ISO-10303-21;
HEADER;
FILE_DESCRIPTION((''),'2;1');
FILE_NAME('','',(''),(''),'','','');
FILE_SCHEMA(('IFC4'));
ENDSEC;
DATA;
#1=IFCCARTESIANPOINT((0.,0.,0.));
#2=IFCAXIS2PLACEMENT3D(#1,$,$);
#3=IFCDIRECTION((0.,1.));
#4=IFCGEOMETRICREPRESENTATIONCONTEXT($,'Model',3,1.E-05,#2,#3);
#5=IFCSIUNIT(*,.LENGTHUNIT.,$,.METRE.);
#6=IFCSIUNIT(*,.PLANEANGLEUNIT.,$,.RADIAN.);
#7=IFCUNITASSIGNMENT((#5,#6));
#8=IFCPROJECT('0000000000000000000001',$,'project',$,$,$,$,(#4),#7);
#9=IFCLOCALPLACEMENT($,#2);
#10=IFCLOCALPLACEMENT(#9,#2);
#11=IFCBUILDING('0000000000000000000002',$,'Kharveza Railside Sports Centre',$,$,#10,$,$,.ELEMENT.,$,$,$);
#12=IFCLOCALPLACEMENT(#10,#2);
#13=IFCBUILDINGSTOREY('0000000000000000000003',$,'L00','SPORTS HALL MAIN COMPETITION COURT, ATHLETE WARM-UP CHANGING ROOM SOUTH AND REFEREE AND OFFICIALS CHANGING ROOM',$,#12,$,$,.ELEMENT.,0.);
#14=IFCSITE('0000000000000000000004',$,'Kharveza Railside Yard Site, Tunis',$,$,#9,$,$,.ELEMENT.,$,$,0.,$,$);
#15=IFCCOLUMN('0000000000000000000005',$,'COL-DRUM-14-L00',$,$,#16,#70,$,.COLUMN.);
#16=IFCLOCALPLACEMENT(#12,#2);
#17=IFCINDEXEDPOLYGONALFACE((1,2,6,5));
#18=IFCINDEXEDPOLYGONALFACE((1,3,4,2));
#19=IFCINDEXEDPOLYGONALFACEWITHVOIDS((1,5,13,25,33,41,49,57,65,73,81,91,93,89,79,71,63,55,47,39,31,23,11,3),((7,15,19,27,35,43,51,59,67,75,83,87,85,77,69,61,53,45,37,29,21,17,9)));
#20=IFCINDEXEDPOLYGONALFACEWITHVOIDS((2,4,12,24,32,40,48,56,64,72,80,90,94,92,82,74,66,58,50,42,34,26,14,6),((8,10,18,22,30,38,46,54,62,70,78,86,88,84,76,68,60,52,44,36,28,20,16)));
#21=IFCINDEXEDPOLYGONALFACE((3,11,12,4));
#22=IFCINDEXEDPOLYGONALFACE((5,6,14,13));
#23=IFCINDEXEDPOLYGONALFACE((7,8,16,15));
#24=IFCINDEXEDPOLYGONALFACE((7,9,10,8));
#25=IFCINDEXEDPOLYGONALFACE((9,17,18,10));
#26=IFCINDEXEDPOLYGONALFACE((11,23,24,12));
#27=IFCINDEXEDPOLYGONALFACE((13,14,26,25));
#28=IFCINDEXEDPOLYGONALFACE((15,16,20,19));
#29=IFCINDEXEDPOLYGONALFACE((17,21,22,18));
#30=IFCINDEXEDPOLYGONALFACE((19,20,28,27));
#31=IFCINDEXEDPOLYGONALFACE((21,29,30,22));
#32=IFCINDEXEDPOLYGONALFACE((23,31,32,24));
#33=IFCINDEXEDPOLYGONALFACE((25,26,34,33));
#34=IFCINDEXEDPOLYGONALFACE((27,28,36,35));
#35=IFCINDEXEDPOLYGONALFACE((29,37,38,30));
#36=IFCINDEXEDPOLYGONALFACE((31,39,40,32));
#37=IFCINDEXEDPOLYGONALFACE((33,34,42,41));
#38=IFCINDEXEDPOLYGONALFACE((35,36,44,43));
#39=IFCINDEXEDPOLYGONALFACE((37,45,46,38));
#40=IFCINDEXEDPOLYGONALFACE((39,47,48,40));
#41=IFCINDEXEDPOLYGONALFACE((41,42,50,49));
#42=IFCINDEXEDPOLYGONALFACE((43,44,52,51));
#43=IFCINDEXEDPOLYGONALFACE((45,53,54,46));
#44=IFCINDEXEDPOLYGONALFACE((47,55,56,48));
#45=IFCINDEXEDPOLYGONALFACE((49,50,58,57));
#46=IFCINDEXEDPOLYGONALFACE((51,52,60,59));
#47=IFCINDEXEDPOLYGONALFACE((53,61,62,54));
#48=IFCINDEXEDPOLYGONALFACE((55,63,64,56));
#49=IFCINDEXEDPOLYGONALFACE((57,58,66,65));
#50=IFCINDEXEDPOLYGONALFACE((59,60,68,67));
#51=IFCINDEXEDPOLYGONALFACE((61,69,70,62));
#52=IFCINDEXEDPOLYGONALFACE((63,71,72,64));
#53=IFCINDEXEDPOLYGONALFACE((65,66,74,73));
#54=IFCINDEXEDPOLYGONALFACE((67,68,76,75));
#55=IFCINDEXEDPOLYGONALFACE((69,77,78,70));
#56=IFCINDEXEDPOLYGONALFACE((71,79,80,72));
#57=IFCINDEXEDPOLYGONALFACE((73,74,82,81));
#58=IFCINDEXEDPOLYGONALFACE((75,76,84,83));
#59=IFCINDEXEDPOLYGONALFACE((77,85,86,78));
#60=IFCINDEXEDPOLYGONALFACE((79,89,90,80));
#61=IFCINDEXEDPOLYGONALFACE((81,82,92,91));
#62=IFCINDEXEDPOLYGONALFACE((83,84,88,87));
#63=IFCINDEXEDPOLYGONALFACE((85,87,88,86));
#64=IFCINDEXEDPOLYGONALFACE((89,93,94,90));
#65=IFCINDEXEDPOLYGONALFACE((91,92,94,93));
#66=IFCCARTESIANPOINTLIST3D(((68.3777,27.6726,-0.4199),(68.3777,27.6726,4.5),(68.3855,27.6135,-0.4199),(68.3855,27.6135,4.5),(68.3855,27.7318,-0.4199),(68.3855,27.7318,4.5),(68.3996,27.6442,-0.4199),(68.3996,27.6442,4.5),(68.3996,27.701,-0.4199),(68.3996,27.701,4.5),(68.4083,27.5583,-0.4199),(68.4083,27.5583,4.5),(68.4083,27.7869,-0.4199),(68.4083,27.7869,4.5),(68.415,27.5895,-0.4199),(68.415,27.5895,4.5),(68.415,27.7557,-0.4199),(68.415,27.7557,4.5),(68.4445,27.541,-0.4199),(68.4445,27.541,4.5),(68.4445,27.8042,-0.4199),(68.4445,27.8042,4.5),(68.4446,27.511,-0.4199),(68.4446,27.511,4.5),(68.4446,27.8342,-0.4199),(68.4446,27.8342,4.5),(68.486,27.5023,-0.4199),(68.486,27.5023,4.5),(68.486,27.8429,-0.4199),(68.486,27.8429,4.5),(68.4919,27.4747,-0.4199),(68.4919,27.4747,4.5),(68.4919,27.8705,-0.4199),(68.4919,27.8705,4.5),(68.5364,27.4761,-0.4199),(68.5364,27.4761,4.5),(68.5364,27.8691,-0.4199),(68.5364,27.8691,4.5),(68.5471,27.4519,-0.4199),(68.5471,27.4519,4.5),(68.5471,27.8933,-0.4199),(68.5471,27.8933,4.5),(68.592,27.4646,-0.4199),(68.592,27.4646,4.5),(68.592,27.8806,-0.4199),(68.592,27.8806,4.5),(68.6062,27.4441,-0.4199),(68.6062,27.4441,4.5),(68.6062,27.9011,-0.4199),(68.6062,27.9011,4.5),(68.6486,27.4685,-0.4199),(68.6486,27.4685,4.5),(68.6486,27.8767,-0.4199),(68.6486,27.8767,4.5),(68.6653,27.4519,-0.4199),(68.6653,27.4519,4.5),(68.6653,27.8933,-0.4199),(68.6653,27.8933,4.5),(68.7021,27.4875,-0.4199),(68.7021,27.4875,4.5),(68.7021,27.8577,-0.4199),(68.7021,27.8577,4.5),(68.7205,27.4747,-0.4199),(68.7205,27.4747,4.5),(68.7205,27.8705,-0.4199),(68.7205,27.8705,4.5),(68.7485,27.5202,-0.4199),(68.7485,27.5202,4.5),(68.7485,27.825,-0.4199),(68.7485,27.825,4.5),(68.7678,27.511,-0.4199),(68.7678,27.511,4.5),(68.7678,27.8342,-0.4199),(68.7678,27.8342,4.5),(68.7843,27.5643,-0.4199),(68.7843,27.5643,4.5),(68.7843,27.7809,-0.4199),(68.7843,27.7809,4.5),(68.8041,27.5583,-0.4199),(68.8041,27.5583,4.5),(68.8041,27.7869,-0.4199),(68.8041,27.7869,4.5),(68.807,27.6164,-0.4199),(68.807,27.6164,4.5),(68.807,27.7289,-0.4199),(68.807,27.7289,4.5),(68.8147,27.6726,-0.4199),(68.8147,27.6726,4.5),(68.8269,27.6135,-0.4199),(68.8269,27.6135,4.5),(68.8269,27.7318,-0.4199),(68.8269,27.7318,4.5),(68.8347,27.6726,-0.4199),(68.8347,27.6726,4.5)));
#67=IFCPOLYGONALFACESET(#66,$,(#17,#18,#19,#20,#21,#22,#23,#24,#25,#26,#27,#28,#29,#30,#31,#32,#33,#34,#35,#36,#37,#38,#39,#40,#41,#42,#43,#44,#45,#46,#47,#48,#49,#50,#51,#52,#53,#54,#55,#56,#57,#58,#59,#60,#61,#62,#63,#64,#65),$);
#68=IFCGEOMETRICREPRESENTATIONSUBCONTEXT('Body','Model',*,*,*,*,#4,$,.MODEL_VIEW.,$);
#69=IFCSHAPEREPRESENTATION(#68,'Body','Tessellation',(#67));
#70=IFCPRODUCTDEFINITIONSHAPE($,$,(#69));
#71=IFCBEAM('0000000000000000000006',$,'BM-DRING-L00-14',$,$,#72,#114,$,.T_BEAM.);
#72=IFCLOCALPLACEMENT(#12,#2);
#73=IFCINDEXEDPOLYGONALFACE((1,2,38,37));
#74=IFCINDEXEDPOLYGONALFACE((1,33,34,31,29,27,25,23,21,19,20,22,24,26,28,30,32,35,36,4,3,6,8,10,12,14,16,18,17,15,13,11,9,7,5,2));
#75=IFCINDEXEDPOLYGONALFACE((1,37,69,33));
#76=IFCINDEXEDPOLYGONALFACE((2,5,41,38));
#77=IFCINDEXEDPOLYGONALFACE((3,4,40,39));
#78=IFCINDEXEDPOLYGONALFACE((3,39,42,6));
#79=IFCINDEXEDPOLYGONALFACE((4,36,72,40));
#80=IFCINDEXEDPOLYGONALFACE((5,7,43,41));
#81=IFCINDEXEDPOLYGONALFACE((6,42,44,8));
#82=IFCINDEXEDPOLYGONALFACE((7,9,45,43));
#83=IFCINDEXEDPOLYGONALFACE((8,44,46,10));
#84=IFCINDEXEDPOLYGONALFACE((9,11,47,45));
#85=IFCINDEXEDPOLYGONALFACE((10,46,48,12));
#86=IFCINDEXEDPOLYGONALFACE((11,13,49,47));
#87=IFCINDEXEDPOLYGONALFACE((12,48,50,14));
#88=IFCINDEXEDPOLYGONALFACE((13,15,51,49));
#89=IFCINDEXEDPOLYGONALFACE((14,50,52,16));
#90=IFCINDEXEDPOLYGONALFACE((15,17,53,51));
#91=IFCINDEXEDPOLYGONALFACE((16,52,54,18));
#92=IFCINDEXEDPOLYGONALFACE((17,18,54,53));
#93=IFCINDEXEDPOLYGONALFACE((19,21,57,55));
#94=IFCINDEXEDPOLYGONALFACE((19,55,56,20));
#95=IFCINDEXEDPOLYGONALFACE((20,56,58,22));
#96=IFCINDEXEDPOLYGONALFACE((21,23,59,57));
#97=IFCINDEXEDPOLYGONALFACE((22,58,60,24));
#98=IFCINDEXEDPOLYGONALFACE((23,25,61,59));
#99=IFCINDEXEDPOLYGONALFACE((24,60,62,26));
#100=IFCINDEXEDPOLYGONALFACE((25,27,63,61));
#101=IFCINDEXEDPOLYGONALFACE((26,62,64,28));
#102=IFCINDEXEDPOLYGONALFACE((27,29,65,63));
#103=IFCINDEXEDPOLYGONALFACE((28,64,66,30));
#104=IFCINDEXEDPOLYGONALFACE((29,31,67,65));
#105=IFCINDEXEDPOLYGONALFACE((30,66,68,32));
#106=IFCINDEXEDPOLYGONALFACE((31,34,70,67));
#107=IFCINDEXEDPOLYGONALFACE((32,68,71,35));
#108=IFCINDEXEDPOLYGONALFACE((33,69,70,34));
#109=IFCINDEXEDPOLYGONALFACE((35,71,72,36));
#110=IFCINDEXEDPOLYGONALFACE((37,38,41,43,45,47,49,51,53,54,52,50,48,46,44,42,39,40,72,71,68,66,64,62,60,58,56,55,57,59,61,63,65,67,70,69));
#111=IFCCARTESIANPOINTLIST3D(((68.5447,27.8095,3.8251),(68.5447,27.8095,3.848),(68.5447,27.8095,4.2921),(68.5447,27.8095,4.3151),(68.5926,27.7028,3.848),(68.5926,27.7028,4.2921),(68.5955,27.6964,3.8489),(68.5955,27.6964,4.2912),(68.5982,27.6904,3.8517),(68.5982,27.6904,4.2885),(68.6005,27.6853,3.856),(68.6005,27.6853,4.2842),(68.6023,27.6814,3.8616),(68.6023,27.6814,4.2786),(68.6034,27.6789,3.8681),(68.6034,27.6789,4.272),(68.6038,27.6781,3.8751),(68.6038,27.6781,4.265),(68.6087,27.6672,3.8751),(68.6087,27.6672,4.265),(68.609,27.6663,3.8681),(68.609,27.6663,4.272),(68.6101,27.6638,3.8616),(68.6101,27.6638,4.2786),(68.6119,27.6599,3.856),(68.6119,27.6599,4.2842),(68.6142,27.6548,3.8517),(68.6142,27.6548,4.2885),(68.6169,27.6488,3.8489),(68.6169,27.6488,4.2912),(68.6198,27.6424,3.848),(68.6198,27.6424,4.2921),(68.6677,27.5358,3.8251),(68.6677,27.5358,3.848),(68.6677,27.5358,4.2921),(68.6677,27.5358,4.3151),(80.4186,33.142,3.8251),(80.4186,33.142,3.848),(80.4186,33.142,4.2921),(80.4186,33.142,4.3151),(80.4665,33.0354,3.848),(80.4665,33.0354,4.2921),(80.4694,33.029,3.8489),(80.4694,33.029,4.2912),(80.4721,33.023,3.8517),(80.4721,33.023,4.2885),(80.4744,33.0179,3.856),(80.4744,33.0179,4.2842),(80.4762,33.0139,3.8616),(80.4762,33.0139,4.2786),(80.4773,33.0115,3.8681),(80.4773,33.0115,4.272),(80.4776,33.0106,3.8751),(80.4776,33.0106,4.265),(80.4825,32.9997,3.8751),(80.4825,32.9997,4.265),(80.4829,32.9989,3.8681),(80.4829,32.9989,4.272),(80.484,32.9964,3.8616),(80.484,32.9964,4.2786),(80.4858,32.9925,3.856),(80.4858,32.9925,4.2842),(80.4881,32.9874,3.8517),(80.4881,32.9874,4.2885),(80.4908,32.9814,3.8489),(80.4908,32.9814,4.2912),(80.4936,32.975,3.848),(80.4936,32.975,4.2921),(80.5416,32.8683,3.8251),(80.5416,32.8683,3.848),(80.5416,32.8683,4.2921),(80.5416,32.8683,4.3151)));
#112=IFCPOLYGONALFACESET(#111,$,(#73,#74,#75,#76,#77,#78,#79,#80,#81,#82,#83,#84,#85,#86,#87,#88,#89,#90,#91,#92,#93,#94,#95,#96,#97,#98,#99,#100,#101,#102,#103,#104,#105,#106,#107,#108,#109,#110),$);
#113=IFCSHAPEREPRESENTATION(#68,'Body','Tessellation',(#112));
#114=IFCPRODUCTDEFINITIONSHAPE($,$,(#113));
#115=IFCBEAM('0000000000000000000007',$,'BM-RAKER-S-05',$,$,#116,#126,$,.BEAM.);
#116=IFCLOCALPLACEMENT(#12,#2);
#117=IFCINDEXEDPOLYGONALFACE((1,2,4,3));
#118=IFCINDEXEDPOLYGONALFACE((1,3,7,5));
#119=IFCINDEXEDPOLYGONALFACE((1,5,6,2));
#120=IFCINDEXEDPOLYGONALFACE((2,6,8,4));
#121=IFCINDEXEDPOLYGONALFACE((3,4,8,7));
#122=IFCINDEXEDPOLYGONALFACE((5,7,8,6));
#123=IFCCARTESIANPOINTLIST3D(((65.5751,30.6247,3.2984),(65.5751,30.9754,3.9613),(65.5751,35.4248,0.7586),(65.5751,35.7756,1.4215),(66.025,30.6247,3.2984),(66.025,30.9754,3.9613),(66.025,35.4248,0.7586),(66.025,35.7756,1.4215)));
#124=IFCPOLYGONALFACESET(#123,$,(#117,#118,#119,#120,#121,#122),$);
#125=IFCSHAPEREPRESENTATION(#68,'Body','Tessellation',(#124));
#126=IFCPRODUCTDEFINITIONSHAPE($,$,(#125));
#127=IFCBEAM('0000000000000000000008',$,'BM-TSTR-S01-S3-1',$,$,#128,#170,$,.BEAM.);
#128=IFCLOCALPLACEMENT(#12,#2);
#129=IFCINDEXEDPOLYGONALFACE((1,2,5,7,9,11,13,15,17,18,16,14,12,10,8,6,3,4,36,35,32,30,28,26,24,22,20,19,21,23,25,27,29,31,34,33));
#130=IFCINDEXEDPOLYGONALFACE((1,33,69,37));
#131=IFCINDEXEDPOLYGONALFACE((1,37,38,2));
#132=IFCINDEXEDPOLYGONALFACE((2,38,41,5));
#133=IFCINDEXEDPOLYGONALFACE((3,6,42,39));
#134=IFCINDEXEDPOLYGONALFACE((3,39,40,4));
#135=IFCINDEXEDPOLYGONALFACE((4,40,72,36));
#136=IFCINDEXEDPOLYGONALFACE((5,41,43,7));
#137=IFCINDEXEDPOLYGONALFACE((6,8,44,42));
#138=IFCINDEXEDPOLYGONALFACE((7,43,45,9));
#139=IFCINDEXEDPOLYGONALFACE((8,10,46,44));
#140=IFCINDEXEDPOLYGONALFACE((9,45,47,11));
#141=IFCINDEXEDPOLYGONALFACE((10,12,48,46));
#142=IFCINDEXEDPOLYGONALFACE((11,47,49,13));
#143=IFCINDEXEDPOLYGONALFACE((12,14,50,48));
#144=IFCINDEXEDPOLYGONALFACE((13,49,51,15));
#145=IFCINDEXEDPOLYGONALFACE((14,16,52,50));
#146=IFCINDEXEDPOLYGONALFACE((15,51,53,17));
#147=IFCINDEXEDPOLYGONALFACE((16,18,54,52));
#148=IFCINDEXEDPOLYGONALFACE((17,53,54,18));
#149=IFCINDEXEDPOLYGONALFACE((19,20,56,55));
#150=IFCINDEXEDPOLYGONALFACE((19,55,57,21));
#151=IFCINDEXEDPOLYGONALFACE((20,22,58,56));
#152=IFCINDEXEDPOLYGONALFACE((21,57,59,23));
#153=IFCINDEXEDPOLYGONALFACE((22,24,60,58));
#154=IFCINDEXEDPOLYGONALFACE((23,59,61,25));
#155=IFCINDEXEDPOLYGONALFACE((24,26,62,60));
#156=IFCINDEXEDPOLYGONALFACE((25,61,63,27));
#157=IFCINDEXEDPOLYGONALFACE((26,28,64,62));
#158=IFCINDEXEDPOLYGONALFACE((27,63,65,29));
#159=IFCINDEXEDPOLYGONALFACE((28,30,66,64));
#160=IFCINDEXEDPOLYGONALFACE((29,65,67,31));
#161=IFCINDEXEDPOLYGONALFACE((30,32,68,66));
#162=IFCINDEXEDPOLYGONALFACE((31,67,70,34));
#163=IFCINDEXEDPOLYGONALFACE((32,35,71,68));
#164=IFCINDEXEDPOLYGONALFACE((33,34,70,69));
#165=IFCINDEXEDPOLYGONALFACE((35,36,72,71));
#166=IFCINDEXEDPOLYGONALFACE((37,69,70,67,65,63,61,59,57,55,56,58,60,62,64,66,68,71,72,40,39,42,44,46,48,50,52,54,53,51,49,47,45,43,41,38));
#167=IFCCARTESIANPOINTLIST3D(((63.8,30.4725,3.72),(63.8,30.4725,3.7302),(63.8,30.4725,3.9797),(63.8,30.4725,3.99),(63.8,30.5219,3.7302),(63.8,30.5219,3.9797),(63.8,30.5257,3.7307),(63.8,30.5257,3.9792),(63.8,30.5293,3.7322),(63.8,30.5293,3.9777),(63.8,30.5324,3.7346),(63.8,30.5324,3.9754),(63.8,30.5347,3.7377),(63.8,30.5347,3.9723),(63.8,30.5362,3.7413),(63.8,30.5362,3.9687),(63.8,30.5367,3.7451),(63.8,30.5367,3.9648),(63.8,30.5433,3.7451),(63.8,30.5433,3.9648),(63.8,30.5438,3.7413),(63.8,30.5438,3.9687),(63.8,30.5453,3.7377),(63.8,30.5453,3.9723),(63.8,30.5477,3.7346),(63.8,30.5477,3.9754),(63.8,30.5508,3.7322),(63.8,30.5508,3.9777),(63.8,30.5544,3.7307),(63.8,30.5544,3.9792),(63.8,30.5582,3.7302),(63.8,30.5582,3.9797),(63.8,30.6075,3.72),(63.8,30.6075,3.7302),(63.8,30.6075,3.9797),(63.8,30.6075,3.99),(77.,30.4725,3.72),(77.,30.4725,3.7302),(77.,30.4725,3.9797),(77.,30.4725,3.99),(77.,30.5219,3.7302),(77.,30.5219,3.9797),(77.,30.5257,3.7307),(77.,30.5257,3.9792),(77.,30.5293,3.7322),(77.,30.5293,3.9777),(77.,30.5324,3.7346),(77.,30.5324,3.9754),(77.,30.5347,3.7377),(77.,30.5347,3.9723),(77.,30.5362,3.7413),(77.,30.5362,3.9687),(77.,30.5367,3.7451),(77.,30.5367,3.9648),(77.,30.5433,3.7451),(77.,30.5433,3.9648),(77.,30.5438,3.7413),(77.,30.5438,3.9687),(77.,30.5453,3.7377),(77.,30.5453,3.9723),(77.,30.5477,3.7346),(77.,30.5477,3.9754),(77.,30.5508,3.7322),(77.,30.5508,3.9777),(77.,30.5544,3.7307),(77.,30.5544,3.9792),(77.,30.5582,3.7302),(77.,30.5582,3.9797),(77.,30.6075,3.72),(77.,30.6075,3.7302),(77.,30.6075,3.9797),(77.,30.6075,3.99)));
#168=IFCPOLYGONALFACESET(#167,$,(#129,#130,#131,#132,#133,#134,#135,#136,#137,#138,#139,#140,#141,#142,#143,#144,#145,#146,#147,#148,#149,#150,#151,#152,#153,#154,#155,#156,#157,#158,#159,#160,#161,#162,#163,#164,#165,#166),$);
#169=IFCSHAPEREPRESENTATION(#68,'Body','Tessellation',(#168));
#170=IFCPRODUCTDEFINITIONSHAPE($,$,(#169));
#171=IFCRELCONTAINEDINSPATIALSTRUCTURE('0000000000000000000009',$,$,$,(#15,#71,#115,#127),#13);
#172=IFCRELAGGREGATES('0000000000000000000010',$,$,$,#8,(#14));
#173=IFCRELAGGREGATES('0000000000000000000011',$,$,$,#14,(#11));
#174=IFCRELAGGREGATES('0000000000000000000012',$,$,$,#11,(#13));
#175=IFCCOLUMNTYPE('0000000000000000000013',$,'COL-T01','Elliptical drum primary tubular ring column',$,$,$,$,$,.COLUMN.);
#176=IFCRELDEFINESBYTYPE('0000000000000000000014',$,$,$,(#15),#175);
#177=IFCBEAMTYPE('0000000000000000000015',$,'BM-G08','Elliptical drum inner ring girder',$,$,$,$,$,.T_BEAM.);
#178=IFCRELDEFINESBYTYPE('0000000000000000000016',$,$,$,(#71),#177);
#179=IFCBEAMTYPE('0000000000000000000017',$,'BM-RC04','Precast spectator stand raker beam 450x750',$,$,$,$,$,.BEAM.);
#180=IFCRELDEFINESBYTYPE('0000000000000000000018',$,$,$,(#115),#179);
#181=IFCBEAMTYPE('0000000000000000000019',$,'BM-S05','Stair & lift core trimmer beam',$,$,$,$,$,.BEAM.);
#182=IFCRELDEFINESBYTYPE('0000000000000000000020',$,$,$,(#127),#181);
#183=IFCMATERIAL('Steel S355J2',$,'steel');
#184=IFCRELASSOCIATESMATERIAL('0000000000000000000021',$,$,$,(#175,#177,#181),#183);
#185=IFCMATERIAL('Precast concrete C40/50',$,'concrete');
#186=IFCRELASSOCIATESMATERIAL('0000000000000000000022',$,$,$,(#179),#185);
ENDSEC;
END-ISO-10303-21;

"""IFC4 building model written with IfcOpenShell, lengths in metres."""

from ifc_helpers import new_model, si_unit, direction, frame, origin, origin_2d, place, context, subcontext, project, spatial, rectangle, hollow_circle, i_section, extrude, material, material_profile, profile_set, type_object, element, save


model = new_model("IFC4")

# Units and contexts
model_context = context("Model", 3, precision=1e-05, world=origin(), true_north=direction((0.0, 1.0)))
body_context = subcontext(model_context, "Body", "Model", "MODEL_VIEW")
ifc_project = project(units=[si_unit("LENGTHUNIT", "METRE"), si_unit("PLANEANGLEUNIT", "RADIAN")], contexts=[model_context])

# Site, building, storey
site_placement = place(None, origin())
site = spatial("IfcSite", under=ifc_project, at=site_placement, Name="Kharveza Railside Yard Site, Tunis", CompositionType="ELEMENT", RefElevation=0.0)
building_placement = place(site_placement, origin())
building = spatial("IfcBuilding", under=site, at=building_placement, Name="Kharveza Railside Sports Centre", CompositionType="ELEMENT")
storey_placement = place(building_placement, origin())
storey = spatial("IfcBuildingStorey", under=building, at=storey_placement, Name="L00", Description="SPORTS HALL MAIN COMPETITION COURT, ATHLETE WARM-UP CHANGING ROOM SOUTH AND REFEREE AND OFFICIALS CHANGING ROOM", CompositionType="ELEMENT", Elevation=0.0)

# Column
ifc_material_1 = material(Name="Steel S355J2", Category="steel")
ifc_material_profile_1 = material_profile(ifc_material_1, hollow_circle(Radius=0.2285, WallThickness=0.02, at=origin_2d()), Name="CHS 457.0x20.0")
ifc_profile_set_1 = profile_set([ifc_material_profile_1], Name="Steel S355J2")
column_type_1 = type_object("IfcColumnType", Name="COL-T01", Description="Elliptical drum primary tubular ring column", PredefinedType="COLUMN", material=ifc_profile_set_1)
column_1_placement = place(storey_placement, frame((68.6062, 27.6726, -0.4199), z_axis=(0.0, 0.0, 1.0), x_axis=(1.0, 0.0, 0.0)))
element("IfcColumn", 1, at=column_1_placement, inside=storey, type_object=column_type_1, Name="COL-DRUM-14-L00", PredefinedType="COLUMN", context=body_context, shape_type="SweptSolid", body=[
    extrude(hollow_circle(Radius=0.2285, WallThickness=0.02, at=origin_2d()), origin(), (0.0, 0.0, 1.0), 4.9199),
])

# Beams
ifc_material_profile_2 = material_profile(ifc_material_1, i_section(OverallWidth=0.3, OverallDepth=0.49, WebThickness=0.012, FlangeThickness=0.0229, FilletRadius=0.0271, at=origin_2d()), Name="HEA 500")
ifc_profile_set_2 = profile_set([ifc_material_profile_2], Name="Steel S355J2")
beam_type_1 = type_object("IfcBeamType", Name="BM-G08", Description="Elliptical drum inner ring girder", PredefinedType="T_BEAM", material=ifc_profile_set_2)
beam_1_placement = place(storey_placement, frame((68.6062, 27.6726, 4.0701), z_axis=(0.912228, 0.409682, 0.0), x_axis=(-0.409682, 0.912228, 0.0)))
element("IfcBeam", 2, at=beam_1_placement, inside=storey, type_object=beam_type_1, Name="BM-DRING-L00-14", PredefinedType="T_BEAM", context=body_context, shape_type="SweptSolid", body=[
    extrude(i_section(OverallWidth=0.3, OverallDepth=0.49, WebThickness=0.012, FlangeThickness=0.0229, FilletRadius=0.0271, at=origin_2d()), origin(), (0.0, 0.0, 1.0), 13.0164),
])
ifc_material_2 = material(Name="Precast concrete C40/50", Category="concrete")
ifc_material_profile_3 = material_profile(ifc_material_2, rectangle(XDim=0.45, YDim=0.75, at=origin_2d()), Name="RCB 450x750")
ifc_profile_set_3 = profile_set([ifc_material_profile_3], Name="Precast concrete C40/50")
beam_type_2 = type_object("IfcBeamType", Name="BM-RC04", Description="Precast spectator stand raker beam 450x750", PredefinedType="BEAM", material=ifc_profile_set_3)
beam_2_placement = place(storey_placement, frame((65.8, 30.8, 3.6299), z_axis=(0.0, 0.883895, -0.467685), x_axis=(-1.0, 0.0, 0.0)))
element("IfcBeam", 3, at=beam_2_placement, inside=storey, type_object=beam_type_2, Name="BM-RAKER-S-05", PredefinedType="BEAM", context=body_context, shape_type="SweptSolid", body=[
    extrude(rectangle(XDim=0.45, YDim=0.75, at=origin_2d()), origin(), (0.0, 0.0, 1.0), 5.4307),
])
ifc_material_profile_4 = material_profile(ifc_material_1, i_section(OverallWidth=0.135, OverallDepth=0.27, WebThickness=0.0066, FlangeThickness=0.0103, FilletRadius=0.0149, at=origin_2d()), Name="IPE 270")
ifc_profile_set_4 = profile_set([ifc_material_profile_4], Name="Steel S355J2")
beam_type_3 = type_object("IfcBeamType", Name="BM-S05", Description="Stair & lift core trimmer beam", PredefinedType="BEAM", material=ifc_profile_set_4)
for number, where, z_axis, x_axis, name in (
    (4, (63.8, 30.54, 3.855), (1.0, 0.0, 0.0), (0.0, 1.0, 0.0), "BM-TSTR-S01-S3-1"),
):
    element("IfcBeam", number, at=place(storey_placement, frame(where, z_axis=z_axis, x_axis=x_axis)), inside=storey, type_object=beam_type_3, Name=name, PredefinedType="BEAM", context=body_context, shape_type="SweptSolid", body=[
        extrude(i_section(OverallWidth=0.135, OverallDepth=0.27, WebThickness=0.0066, FlangeThickness=0.0103, FilletRadius=0.0149, at=origin_2d()), origin(), (0.0, 0.0, 1.0), 13.2),
    ])

save(model, "model.ifc")
